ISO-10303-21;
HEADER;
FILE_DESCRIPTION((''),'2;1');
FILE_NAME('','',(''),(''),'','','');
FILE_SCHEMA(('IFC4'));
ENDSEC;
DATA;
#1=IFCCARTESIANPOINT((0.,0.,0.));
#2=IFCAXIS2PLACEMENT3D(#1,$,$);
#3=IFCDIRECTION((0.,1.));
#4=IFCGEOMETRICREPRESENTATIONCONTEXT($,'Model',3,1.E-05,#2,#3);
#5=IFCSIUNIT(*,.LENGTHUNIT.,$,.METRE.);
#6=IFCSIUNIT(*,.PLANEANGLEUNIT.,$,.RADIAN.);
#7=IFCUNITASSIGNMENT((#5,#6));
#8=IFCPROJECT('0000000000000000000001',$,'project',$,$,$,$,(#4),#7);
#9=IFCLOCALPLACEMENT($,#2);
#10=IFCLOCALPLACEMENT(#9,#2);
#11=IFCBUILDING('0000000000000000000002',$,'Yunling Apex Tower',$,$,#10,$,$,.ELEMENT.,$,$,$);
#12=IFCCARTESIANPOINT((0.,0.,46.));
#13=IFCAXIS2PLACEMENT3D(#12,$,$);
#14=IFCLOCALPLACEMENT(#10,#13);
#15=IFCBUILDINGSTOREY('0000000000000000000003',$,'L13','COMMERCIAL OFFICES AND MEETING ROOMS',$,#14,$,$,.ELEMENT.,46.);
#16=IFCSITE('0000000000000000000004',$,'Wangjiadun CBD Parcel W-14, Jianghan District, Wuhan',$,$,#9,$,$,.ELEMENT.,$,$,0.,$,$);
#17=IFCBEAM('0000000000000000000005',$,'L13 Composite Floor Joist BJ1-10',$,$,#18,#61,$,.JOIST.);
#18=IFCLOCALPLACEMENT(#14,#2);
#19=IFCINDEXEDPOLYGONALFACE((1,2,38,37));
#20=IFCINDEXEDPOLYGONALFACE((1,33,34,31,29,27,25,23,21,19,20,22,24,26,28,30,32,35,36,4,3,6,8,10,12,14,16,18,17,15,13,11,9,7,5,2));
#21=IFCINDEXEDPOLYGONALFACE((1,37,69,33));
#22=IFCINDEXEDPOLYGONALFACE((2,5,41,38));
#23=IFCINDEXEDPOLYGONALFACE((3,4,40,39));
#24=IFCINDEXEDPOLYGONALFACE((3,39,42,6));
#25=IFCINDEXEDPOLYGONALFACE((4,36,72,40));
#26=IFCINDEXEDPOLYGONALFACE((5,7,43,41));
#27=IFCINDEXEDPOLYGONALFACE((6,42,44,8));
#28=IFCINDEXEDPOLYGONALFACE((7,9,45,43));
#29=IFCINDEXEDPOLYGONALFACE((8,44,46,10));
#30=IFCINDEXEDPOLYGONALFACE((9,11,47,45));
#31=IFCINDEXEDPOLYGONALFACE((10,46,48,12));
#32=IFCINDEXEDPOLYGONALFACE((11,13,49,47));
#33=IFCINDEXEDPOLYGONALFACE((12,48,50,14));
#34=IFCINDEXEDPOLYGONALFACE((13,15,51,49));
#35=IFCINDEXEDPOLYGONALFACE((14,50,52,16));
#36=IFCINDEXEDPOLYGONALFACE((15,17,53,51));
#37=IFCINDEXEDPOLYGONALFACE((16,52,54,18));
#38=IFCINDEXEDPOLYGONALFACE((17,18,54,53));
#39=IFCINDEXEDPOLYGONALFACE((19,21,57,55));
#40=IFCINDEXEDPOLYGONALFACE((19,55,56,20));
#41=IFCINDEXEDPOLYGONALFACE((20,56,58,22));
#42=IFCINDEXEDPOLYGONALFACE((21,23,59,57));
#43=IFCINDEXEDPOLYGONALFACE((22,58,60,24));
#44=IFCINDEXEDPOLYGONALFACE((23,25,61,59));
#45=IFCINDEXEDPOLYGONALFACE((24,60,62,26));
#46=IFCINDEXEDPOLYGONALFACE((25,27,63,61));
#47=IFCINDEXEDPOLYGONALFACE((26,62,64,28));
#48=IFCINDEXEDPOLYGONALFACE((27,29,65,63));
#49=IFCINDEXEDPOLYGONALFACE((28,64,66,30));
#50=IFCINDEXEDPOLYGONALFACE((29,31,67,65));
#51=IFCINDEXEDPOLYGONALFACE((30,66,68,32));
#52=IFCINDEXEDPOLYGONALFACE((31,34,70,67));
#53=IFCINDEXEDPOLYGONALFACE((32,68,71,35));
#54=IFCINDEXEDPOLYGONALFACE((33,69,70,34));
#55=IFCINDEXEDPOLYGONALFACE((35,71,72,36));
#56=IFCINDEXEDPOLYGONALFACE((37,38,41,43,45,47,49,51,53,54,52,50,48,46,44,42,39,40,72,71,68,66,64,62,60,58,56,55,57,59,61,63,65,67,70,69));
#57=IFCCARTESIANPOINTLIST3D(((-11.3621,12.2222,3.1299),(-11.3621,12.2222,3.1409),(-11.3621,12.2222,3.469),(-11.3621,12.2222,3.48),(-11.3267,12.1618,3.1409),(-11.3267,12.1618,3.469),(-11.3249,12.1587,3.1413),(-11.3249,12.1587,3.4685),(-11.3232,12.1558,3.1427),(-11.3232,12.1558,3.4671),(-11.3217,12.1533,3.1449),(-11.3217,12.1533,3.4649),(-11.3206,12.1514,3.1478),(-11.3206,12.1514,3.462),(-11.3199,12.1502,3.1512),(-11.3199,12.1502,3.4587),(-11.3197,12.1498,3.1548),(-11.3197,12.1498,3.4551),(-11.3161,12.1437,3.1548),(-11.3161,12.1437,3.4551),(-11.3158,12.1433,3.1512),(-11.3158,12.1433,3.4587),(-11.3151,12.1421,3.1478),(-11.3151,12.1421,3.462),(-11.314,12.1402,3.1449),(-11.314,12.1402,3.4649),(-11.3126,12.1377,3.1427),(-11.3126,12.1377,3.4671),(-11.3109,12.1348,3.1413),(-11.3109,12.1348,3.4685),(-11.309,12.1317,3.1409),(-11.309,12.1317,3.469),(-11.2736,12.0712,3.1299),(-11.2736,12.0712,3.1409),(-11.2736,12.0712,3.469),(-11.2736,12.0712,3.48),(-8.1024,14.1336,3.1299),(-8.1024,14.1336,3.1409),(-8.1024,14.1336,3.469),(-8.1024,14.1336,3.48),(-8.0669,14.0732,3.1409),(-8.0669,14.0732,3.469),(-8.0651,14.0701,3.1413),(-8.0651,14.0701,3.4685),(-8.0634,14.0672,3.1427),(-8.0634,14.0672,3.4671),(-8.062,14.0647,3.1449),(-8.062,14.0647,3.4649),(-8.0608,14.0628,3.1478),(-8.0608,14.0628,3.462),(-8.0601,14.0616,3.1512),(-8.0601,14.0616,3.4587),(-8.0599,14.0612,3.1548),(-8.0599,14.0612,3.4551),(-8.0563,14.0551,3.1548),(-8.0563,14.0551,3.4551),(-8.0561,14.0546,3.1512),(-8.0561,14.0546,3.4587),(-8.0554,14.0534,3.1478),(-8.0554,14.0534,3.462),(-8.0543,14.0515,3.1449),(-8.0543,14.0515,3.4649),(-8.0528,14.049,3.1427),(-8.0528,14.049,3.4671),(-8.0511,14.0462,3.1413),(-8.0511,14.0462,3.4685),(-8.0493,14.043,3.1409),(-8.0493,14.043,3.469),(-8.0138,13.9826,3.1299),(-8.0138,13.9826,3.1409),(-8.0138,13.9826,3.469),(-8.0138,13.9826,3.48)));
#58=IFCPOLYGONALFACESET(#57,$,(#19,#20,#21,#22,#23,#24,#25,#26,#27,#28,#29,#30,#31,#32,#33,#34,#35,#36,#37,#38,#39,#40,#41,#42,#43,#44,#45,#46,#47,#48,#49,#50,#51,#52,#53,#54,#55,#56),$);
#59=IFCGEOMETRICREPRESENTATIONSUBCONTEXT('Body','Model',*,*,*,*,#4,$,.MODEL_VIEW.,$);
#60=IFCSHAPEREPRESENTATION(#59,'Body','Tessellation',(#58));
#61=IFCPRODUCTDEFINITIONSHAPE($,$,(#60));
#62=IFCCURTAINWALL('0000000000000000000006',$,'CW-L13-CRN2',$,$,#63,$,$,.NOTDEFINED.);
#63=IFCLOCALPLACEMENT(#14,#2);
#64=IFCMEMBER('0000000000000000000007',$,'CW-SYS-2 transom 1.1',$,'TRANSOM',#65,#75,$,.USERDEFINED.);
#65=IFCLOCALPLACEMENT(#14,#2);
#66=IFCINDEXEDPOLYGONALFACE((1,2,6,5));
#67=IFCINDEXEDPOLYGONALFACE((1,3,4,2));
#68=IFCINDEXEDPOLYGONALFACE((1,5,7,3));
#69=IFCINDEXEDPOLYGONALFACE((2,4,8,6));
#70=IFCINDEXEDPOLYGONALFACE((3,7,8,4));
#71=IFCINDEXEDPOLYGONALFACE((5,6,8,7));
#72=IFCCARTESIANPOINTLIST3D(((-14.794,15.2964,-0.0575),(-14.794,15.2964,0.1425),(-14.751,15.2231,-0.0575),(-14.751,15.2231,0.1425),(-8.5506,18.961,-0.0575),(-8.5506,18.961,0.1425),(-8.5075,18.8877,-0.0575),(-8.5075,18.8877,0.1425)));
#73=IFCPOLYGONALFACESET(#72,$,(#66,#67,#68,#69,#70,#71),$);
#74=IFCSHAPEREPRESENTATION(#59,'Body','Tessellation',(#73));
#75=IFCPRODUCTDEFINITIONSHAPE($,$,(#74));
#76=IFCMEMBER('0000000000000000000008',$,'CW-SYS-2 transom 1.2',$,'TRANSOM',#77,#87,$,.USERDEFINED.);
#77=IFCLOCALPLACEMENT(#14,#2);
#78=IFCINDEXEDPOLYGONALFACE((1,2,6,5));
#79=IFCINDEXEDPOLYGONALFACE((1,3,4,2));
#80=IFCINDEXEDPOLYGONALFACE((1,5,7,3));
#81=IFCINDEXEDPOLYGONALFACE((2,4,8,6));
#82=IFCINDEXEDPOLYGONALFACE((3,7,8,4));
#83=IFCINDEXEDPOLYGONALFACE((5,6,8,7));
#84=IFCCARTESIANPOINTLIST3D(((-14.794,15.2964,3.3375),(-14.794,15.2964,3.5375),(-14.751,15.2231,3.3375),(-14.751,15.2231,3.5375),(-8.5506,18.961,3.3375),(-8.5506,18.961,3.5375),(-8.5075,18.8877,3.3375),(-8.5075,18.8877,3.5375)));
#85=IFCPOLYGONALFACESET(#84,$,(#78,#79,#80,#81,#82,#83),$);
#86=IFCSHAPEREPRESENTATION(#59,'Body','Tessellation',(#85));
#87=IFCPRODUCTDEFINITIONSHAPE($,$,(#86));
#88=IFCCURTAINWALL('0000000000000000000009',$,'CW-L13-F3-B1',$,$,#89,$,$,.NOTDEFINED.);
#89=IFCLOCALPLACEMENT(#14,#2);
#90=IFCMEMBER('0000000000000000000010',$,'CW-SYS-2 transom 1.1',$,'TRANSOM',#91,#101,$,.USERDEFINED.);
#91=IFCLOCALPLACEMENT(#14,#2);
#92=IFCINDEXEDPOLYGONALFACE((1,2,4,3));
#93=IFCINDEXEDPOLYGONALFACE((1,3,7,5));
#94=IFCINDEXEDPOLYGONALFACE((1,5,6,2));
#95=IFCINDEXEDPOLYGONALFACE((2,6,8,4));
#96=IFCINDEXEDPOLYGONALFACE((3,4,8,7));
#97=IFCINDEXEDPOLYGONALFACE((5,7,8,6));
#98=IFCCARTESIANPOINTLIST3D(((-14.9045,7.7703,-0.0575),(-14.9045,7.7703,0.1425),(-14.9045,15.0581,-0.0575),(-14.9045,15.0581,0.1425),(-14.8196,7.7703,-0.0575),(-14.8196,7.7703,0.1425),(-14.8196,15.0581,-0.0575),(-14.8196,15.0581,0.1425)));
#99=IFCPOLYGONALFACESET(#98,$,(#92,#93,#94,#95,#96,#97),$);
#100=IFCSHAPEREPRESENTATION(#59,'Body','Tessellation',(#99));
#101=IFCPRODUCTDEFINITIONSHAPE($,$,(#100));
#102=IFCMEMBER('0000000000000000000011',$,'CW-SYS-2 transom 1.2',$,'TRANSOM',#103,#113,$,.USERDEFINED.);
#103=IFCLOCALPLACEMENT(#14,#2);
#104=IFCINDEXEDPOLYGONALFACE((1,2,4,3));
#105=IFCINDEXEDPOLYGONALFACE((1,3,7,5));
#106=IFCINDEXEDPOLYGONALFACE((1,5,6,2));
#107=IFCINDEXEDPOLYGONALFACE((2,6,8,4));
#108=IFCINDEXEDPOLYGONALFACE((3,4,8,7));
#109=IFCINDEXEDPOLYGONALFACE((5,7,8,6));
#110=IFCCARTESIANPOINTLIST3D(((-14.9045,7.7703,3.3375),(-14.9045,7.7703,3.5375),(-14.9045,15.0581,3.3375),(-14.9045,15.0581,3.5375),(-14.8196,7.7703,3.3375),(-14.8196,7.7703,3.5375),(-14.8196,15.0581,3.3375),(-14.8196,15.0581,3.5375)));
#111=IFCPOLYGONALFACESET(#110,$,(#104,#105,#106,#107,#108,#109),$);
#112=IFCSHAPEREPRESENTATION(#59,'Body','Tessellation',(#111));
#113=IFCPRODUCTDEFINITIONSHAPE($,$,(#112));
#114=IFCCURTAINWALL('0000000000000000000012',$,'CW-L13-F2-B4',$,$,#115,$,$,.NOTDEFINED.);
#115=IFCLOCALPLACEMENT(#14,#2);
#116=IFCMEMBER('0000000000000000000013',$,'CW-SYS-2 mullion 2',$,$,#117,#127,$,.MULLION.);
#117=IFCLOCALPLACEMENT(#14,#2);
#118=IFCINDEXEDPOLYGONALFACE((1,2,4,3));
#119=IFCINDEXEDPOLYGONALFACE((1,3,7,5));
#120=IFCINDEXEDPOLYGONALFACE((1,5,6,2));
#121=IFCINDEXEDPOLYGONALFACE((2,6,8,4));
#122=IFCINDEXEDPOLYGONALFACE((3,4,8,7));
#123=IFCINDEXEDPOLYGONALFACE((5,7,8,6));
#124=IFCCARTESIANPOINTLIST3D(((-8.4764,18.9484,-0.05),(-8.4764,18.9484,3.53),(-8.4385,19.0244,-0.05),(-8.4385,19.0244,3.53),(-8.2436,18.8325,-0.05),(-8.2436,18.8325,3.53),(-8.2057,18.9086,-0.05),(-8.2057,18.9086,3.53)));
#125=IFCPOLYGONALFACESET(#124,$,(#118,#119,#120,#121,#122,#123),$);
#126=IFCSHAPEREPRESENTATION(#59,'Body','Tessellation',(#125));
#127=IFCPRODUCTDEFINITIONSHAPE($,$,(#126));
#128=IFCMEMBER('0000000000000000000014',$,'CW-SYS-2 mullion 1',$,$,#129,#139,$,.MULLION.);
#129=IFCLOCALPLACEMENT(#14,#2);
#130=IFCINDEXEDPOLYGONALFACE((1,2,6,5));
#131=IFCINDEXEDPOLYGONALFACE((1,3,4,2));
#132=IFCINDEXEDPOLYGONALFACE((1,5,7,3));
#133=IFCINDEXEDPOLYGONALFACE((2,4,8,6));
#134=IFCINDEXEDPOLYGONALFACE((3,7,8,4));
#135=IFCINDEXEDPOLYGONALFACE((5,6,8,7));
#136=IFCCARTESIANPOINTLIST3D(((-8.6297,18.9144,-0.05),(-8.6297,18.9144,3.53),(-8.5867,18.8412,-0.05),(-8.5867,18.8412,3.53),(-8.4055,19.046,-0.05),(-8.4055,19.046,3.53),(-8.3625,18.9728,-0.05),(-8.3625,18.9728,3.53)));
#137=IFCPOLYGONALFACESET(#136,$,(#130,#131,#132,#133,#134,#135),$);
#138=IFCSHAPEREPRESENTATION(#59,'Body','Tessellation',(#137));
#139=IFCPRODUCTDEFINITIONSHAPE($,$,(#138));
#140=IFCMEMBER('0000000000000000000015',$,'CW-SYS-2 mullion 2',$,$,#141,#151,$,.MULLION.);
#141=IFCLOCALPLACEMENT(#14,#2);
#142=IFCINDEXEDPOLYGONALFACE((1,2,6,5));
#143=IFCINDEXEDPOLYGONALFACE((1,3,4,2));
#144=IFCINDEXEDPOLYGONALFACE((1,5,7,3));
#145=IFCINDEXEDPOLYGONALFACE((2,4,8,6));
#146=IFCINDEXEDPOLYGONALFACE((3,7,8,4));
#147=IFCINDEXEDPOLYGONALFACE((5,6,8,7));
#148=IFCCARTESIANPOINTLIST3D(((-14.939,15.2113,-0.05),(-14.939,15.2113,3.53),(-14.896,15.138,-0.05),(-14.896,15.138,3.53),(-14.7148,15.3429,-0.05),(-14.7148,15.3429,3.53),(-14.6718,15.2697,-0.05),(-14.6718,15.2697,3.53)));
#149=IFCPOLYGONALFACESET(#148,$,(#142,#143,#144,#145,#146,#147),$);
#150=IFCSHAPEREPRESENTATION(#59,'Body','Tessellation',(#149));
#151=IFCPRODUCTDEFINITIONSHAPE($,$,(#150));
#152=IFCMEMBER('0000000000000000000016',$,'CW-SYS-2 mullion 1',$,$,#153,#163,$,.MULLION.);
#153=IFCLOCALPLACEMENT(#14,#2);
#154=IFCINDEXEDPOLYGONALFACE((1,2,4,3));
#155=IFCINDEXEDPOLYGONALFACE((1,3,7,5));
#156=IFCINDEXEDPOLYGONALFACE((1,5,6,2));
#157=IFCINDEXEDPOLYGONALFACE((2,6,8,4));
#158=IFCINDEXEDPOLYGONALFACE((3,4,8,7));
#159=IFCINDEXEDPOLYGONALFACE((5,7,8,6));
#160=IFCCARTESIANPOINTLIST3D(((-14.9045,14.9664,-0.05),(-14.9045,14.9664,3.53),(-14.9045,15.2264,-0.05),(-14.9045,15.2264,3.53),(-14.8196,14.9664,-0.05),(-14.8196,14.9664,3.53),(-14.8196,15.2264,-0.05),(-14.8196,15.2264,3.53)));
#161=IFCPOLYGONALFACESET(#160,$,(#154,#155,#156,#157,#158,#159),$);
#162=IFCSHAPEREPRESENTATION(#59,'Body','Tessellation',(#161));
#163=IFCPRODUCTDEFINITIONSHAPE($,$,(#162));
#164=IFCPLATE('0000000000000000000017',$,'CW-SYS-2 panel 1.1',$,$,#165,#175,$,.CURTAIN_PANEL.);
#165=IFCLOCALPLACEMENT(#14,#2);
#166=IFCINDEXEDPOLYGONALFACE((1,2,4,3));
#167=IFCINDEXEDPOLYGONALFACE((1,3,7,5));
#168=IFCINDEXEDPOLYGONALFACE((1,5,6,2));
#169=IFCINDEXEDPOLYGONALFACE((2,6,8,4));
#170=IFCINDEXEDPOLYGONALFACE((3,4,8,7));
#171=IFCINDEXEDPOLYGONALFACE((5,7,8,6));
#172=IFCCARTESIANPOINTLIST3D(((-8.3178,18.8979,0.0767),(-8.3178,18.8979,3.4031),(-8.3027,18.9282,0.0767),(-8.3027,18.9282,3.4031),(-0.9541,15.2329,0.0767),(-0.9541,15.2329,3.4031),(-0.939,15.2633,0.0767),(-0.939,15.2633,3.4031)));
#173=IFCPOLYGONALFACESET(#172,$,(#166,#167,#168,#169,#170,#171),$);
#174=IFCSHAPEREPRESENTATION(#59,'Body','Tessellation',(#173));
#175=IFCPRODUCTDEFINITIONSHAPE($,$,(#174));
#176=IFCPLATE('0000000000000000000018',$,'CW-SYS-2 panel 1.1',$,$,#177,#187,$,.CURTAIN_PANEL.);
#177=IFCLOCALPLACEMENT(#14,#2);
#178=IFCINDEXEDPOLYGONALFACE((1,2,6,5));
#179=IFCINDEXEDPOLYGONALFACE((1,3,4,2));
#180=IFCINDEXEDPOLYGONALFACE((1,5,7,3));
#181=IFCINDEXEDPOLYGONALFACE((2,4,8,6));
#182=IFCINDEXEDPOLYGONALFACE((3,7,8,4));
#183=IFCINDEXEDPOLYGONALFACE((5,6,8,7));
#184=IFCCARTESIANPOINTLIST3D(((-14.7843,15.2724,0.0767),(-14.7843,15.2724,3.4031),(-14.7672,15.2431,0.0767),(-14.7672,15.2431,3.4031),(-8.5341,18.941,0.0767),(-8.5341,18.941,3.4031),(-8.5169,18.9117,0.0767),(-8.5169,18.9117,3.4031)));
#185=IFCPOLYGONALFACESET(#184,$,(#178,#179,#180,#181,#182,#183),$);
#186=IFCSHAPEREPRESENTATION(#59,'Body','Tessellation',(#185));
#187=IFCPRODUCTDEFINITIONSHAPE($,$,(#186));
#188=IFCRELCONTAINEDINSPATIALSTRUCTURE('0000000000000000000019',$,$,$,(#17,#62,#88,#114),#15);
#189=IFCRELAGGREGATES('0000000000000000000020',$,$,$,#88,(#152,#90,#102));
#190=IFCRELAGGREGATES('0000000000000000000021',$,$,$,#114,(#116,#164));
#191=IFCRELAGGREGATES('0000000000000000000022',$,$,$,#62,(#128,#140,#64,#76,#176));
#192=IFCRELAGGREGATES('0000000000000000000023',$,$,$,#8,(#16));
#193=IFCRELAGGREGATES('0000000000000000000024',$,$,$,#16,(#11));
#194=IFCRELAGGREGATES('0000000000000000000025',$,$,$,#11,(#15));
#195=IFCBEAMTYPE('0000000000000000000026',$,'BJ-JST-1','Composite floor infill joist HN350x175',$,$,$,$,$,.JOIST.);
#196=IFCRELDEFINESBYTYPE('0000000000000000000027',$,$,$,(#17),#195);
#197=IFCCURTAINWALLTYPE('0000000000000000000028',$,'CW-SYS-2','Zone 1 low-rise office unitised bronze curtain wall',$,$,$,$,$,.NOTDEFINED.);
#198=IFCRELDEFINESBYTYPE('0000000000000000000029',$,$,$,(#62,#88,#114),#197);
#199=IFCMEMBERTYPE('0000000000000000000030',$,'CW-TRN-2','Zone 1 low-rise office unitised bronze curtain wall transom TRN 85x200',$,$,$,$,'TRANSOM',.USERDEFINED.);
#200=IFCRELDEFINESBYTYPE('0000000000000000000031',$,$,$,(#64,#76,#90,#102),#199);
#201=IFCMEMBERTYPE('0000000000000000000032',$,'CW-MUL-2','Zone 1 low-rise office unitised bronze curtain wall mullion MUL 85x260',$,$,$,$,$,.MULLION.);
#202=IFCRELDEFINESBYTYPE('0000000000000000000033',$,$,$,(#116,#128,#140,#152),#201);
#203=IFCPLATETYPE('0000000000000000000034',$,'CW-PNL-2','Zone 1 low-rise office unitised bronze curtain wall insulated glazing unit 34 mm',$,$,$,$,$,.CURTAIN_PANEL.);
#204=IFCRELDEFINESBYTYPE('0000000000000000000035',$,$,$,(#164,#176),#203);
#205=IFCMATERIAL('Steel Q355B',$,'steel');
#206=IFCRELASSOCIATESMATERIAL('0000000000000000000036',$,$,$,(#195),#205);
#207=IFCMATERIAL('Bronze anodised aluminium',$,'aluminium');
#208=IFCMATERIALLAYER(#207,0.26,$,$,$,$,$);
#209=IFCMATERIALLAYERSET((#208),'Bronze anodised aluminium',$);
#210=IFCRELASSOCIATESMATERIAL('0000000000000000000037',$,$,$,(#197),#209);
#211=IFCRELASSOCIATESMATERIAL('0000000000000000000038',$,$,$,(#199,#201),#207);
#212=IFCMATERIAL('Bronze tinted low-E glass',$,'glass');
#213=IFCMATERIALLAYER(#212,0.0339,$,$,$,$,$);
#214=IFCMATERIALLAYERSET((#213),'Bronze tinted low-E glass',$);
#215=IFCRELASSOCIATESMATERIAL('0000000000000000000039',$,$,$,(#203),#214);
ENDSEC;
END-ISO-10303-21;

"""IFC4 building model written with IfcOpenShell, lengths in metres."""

from ifc_helpers import new_model, si_unit, direction, frame, origin, origin_2d, place, context, subcontext, project, spatial, rectangle, i_section, extrude, source, transform, mapped, material, layer, layer_set, material_profile, profile_set, type_object, element, aggregate, save


model = new_model("IFC4")

# Units and contexts
model_context = context("Model", 3, precision=1e-05, world=origin(), true_north=direction((0.0, 1.0)))
body_context = subcontext(model_context, "Body", "Model", "MODEL_VIEW")
ifc_project = project(units=[si_unit("LENGTHUNIT", "METRE"), si_unit("PLANEANGLEUNIT", "RADIAN")], contexts=[model_context])

# Site, building, storey
site_placement = place(None, origin())
site = spatial("IfcSite", under=ifc_project, at=site_placement, Name="Wangjiadun CBD Parcel W-14, Jianghan District, Wuhan", CompositionType="ELEMENT", RefElevation=0.0)
building_placement = place(site_placement, origin())
building = spatial("IfcBuilding", under=site, at=building_placement, Name="Yunling Apex Tower", CompositionType="ELEMENT")
storey_placement = place(building_placement, frame((0.0, 0.0, 46.0)))
storey = spatial("IfcBuildingStorey", under=building, at=storey_placement, Name="L13", Description="COMMERCIAL OFFICES AND MEETING ROOMS", CompositionType="ELEMENT", Elevation=46.0)

# Beam
ifc_material_1 = material(Name="Steel Q355B", Category="steel")
ifc_material_profile_1 = material_profile(ifc_material_1, i_section(OverallWidth=0.175, OverallDepth=0.3501, WebThickness=0.0071, FlangeThickness=0.011, FilletRadius=0.0139, at=origin_2d()))
ifc_profile_set_1 = profile_set([ifc_material_profile_1], Name="Steel Q355B")
beam_type_1 = type_object("IfcBeamType", Name="BJ-JST-1", Description="Composite floor infill joist HN350x175", PredefinedType="JOIST", material=ifc_profile_set_1)
shared_shape_1 = source(origin(), body_context, "Body", "SweptSolid", [
    extrude(i_section(OverallWidth=0.175, OverallDepth=0.3501, WebThickness=0.0071, FlangeThickness=0.011, FilletRadius=0.0139, at=origin_2d()), origin(), (0.0, 0.0, 1.0), 3.7788),
])
beam_1_placement = place(storey_placement, frame((-8.0581, 14.0581, 3.3049), z_axis=(-0.862643, -0.505814, 0.0), x_axis=(0.505814, -0.862643, 0.0)))
element("IfcBeam", 1, at=beam_1_placement, inside=storey, type_object=beam_type_1, Name="L13 Composite Floor Joist BJ1-10", PredefinedType="JOIST", context=body_context, shape_type="MappedRepresentation", body=[
    mapped(shared_shape_1, transform((0.0, 0.0, 0.0), scale=1.0)),
])

# Curtain walls, members
ifc_material_2 = material(Name="Bronze anodised aluminium", Category="aluminium")
ifc_layer_1 = layer(ifc_material_2, 0.26)
ifc_layer_set_1 = layer_set([ifc_layer_1], Name="Bronze anodised aluminium")
curtain_wall_type = type_object("IfcCurtainWallType", Name="CW-SYS-2", Description="Zone 1 low-rise office unitised bronze curtain wall", PredefinedType="NOTDEFINED", material=ifc_layer_set_1)
curtain_wall_1_placement = place(storey_placement, origin())
curtain_wall_1 = element("IfcCurtainWall", 2, at=curtain_wall_1_placement, inside=storey, type_object=curtain_wall_type, Name="CW-L13-CRN2", PredefinedType="NOTDEFINED")
ifc_material_profile_2 = material_profile(ifc_material_2, rectangle(XDim=0.085, YDim=0.2, at=origin_2d()))
ifc_profile_set_2 = profile_set([ifc_material_profile_2], Name="Bronze anodised aluminium")
member_type_1 = type_object("IfcMemberType", Name="CW-TRN-2", Description="Zone 1 low-rise office unitised bronze curtain wall transom TRN 85x200", ElementType="TRANSOM", PredefinedType="USERDEFINED", material=ifc_profile_set_2)
shared_shape_2 = source(origin(), body_context, "Body", "SweptSolid", [
    extrude(rectangle(XDim=0.085, YDim=0.2, at=origin_2d()), origin(), (0.0, 0.0, 1.0), 7.2395),
])
member_1_placement = place(storey_placement, frame((-8.5291, 18.9243, 0.0425), z_axis=(-0.862419, -0.506195, 0.0), x_axis=(0.506195, -0.862419, 0.0)))
member_1 = element("IfcMember", 3, at=member_1_placement, type_object=member_type_1, Name="CW-SYS-2 transom 1.1", ObjectType="TRANSOM", PredefinedType="USERDEFINED", context=body_context, shape_type="MappedRepresentation", body=[
    mapped(shared_shape_2, transform((0.0, 0.0, 0.0), scale=1.0)),
])
member_2_placement = place(storey_placement, frame((-8.5291, 18.9243, 3.4375), z_axis=(-0.862419, -0.506195, 0.0), x_axis=(0.506195, -0.862419, 0.0)))
member_2 = element("IfcMember", 4, at=member_2_placement, type_object=member_type_1, Name="CW-SYS-2 transom 1.2", ObjectType="TRANSOM", PredefinedType="USERDEFINED", context=body_context, shape_type="MappedRepresentation", body=[
    mapped(shared_shape_2, transform((0.0, 0.0, 0.0), scale=1.0)),
])
curtain_wall_2_placement = place(storey_placement, origin())
curtain_wall_2 = element("IfcCurtainWall", 5, at=curtain_wall_2_placement, inside=storey, type_object=curtain_wall_type, Name="CW-L13-F3-B1", PredefinedType="NOTDEFINED")
shared_shape_3 = source(origin(), body_context, "Body", "SweptSolid", [
    extrude(rectangle(XDim=0.085, YDim=0.2, at=origin_2d()), origin(), (0.0, 0.0, 1.0), 7.2878),
])
member_3_placement = place(storey_placement, frame((-14.8621, 15.0581, 0.0425), z_axis=(0.0, -1.0, 0.0), x_axis=(1.0, 0.0, 0.0)))
member_3 = element("IfcMember", 6, at=member_3_placement, type_object=member_type_1, Name="CW-SYS-2 transom 1.1", ObjectType="TRANSOM", PredefinedType="USERDEFINED", context=body_context, shape_type="MappedRepresentation", body=[
    mapped(shared_shape_3, transform((0.0, 0.0, 0.0), scale=1.0)),
])
member_4_placement = place(storey_placement, frame((-14.8621, 15.0581, 3.4375), z_axis=(0.0, -1.0, 0.0), x_axis=(1.0, 0.0, 0.0)))
member_4 = element("IfcMember", 7, at=member_4_placement, type_object=member_type_1, Name="CW-SYS-2 transom 1.2", ObjectType="TRANSOM", PredefinedType="USERDEFINED", context=body_context, shape_type="MappedRepresentation", body=[
    mapped(shared_shape_3, transform((0.0, 0.0, 0.0), scale=1.0)),
])

# Curtain wall, member
curtain_wall_3_placement = place(storey_placement, origin())
curtain_wall_3 = element("IfcCurtainWall", 8, at=curtain_wall_3_placement, inside=storey, type_object=curtain_wall_type, Name="CW-L13-F2-B4", PredefinedType="NOTDEFINED")
ifc_material_profile_3 = material_profile(ifc_material_2, rectangle(XDim=0.085, YDim=0.26, at=origin_2d()))
ifc_profile_set_3 = profile_set([ifc_material_profile_3], Name="Bronze anodised aluminium")
member_type_2 = type_object("IfcMemberType", Name="CW-MUL-2", Description="Zone 1 low-rise office unitised bronze curtain wall mullion MUL 85x260", PredefinedType="MULLION", material=ifc_profile_set_3)
shared_shape_4 = source(origin(), body_context, "Body", "SweptSolid", [
    extrude(rectangle(XDim=0.085, YDim=0.26, at=origin_2d()), origin(), (0.0, 0.0, 1.0), 3.5801),
])
member_5_placement = place(storey_placement, frame((-8.3411, 18.9285, -0.05), z_axis=(0.0, 0.0, 1.0), x_axis=(-0.445571, -0.895247, 0.0)))
member_5 = element("IfcMember", 9, at=member_5_placement, type_object=member_type_2, Name="CW-SYS-2 mullion 2", PredefinedType="MULLION", context=body_context, shape_type="MappedRepresentation", body=[
    mapped(shared_shape_4, transform((0.0, 0.0, 0.0), scale=1.0)),
])

# Members
member_6_placement = place(storey_placement, frame((-8.4961, 18.9436, -0.05), z_axis=(0.0, 0.0, 1.0), x_axis=(0.506196, -0.862419, 0.0)))
member_6 = element("IfcMember", 10, at=member_6_placement, type_object=member_type_2, Name="CW-SYS-2 mullion 1", PredefinedType="MULLION", context=body_context, shape_type="MappedRepresentation", body=[
    mapped(shared_shape_4, transform((0.0, 0.0, 0.0), scale=1.0)),
])
member_7_placement = place(storey_placement, frame((-14.8054, 15.2405, -0.05), z_axis=(0.0, 0.0, 1.0), x_axis=(0.506196, -0.862419, 0.0)))
member_7 = element("IfcMember", 11, at=member_7_placement, type_object=member_type_2, Name="CW-SYS-2 mullion 2", PredefinedType="MULLION", context=body_context, shape_type="MappedRepresentation", body=[
    mapped(shared_shape_4, transform((0.0, 0.0, 0.0), scale=1.0)),
])
member_8_placement = place(storey_placement, frame((-14.8621, 15.0964, -0.05), z_axis=(0.0, 0.0, 1.0), x_axis=(1.0, 0.0, 0.0)))
member_8 = element("IfcMember", 12, at=member_8_placement, type_object=member_type_2, Name="CW-SYS-2 mullion 1", PredefinedType="MULLION", context=body_context, shape_type="MappedRepresentation", body=[
    mapped(shared_shape_4, transform((0.0, 0.0, 0.0), scale=1.0)),
])
aggregate(curtain_wall_2, [member_8, member_3, member_4])

# Plates
ifc_material_3 = material(Name="Bronze tinted low-E glass", Category="glass")
ifc_layer_2 = layer(ifc_material_3, 0.0339)
ifc_layer_set_2 = layer_set([ifc_layer_2], Name="Bronze tinted low-E glass")
plate_type = type_object("IfcPlateType", Name="CW-PNL-2", Description="Zone 1 low-rise office unitised bronze curtain wall insulated glazing unit 34 mm", PredefinedType="CURTAIN_PANEL", material=ifc_layer_set_2)
shared_shape_5 = source(origin(), body_context, "Body", "SweptSolid", [
    extrude(rectangle(XDim=8.2253, YDim=0.0339, at=origin_2d()), origin(), (0.0, 0.0, 1.0), 3.3264),
])
plate_1_placement = place(storey_placement, frame((-4.6284, 17.0806, 0.0767), z_axis=(0.0, 0.0, 1.0), x_axis=(-0.895247, 0.445571, 0.0)))
plate_1 = element("IfcPlate", 13, at=plate_1_placement, type_object=plate_type, Name="CW-SYS-2 panel 1.1", PredefinedType="CURTAIN_PANEL", context=body_context, shape_type="MappedRepresentation", body=[
    mapped(shared_shape_5, transform((0.0, 0.0, 0.0), scale=1.0)),
])
aggregate(curtain_wall_3, [member_5, plate_1])
shared_shape_6 = source(origin(), body_context, "Body", "SweptSolid", [
    extrude(rectangle(XDim=7.2473, YDim=0.0339, at=origin_2d()), origin(), (0.0, 0.0, 1.0), 3.3264),
])
plate_2_placement = place(storey_placement, frame((-11.6506, 17.092, 0.0767), z_axis=(0.0, 0.0, 1.0), x_axis=(-0.862419, -0.506196, 0.0)))
plate_2 = element("IfcPlate", 14, at=plate_2_placement, type_object=plate_type, Name="CW-SYS-2 panel 1.1", PredefinedType="CURTAIN_PANEL", context=body_context, shape_type="MappedRepresentation", body=[
    mapped(shared_shape_6, transform((0.0, 0.0, 0.0), scale=1.0)),
])
aggregate(curtain_wall_1, [member_6, member_7, member_1, member_2, plate_2])

save(model, "model.ifc")
